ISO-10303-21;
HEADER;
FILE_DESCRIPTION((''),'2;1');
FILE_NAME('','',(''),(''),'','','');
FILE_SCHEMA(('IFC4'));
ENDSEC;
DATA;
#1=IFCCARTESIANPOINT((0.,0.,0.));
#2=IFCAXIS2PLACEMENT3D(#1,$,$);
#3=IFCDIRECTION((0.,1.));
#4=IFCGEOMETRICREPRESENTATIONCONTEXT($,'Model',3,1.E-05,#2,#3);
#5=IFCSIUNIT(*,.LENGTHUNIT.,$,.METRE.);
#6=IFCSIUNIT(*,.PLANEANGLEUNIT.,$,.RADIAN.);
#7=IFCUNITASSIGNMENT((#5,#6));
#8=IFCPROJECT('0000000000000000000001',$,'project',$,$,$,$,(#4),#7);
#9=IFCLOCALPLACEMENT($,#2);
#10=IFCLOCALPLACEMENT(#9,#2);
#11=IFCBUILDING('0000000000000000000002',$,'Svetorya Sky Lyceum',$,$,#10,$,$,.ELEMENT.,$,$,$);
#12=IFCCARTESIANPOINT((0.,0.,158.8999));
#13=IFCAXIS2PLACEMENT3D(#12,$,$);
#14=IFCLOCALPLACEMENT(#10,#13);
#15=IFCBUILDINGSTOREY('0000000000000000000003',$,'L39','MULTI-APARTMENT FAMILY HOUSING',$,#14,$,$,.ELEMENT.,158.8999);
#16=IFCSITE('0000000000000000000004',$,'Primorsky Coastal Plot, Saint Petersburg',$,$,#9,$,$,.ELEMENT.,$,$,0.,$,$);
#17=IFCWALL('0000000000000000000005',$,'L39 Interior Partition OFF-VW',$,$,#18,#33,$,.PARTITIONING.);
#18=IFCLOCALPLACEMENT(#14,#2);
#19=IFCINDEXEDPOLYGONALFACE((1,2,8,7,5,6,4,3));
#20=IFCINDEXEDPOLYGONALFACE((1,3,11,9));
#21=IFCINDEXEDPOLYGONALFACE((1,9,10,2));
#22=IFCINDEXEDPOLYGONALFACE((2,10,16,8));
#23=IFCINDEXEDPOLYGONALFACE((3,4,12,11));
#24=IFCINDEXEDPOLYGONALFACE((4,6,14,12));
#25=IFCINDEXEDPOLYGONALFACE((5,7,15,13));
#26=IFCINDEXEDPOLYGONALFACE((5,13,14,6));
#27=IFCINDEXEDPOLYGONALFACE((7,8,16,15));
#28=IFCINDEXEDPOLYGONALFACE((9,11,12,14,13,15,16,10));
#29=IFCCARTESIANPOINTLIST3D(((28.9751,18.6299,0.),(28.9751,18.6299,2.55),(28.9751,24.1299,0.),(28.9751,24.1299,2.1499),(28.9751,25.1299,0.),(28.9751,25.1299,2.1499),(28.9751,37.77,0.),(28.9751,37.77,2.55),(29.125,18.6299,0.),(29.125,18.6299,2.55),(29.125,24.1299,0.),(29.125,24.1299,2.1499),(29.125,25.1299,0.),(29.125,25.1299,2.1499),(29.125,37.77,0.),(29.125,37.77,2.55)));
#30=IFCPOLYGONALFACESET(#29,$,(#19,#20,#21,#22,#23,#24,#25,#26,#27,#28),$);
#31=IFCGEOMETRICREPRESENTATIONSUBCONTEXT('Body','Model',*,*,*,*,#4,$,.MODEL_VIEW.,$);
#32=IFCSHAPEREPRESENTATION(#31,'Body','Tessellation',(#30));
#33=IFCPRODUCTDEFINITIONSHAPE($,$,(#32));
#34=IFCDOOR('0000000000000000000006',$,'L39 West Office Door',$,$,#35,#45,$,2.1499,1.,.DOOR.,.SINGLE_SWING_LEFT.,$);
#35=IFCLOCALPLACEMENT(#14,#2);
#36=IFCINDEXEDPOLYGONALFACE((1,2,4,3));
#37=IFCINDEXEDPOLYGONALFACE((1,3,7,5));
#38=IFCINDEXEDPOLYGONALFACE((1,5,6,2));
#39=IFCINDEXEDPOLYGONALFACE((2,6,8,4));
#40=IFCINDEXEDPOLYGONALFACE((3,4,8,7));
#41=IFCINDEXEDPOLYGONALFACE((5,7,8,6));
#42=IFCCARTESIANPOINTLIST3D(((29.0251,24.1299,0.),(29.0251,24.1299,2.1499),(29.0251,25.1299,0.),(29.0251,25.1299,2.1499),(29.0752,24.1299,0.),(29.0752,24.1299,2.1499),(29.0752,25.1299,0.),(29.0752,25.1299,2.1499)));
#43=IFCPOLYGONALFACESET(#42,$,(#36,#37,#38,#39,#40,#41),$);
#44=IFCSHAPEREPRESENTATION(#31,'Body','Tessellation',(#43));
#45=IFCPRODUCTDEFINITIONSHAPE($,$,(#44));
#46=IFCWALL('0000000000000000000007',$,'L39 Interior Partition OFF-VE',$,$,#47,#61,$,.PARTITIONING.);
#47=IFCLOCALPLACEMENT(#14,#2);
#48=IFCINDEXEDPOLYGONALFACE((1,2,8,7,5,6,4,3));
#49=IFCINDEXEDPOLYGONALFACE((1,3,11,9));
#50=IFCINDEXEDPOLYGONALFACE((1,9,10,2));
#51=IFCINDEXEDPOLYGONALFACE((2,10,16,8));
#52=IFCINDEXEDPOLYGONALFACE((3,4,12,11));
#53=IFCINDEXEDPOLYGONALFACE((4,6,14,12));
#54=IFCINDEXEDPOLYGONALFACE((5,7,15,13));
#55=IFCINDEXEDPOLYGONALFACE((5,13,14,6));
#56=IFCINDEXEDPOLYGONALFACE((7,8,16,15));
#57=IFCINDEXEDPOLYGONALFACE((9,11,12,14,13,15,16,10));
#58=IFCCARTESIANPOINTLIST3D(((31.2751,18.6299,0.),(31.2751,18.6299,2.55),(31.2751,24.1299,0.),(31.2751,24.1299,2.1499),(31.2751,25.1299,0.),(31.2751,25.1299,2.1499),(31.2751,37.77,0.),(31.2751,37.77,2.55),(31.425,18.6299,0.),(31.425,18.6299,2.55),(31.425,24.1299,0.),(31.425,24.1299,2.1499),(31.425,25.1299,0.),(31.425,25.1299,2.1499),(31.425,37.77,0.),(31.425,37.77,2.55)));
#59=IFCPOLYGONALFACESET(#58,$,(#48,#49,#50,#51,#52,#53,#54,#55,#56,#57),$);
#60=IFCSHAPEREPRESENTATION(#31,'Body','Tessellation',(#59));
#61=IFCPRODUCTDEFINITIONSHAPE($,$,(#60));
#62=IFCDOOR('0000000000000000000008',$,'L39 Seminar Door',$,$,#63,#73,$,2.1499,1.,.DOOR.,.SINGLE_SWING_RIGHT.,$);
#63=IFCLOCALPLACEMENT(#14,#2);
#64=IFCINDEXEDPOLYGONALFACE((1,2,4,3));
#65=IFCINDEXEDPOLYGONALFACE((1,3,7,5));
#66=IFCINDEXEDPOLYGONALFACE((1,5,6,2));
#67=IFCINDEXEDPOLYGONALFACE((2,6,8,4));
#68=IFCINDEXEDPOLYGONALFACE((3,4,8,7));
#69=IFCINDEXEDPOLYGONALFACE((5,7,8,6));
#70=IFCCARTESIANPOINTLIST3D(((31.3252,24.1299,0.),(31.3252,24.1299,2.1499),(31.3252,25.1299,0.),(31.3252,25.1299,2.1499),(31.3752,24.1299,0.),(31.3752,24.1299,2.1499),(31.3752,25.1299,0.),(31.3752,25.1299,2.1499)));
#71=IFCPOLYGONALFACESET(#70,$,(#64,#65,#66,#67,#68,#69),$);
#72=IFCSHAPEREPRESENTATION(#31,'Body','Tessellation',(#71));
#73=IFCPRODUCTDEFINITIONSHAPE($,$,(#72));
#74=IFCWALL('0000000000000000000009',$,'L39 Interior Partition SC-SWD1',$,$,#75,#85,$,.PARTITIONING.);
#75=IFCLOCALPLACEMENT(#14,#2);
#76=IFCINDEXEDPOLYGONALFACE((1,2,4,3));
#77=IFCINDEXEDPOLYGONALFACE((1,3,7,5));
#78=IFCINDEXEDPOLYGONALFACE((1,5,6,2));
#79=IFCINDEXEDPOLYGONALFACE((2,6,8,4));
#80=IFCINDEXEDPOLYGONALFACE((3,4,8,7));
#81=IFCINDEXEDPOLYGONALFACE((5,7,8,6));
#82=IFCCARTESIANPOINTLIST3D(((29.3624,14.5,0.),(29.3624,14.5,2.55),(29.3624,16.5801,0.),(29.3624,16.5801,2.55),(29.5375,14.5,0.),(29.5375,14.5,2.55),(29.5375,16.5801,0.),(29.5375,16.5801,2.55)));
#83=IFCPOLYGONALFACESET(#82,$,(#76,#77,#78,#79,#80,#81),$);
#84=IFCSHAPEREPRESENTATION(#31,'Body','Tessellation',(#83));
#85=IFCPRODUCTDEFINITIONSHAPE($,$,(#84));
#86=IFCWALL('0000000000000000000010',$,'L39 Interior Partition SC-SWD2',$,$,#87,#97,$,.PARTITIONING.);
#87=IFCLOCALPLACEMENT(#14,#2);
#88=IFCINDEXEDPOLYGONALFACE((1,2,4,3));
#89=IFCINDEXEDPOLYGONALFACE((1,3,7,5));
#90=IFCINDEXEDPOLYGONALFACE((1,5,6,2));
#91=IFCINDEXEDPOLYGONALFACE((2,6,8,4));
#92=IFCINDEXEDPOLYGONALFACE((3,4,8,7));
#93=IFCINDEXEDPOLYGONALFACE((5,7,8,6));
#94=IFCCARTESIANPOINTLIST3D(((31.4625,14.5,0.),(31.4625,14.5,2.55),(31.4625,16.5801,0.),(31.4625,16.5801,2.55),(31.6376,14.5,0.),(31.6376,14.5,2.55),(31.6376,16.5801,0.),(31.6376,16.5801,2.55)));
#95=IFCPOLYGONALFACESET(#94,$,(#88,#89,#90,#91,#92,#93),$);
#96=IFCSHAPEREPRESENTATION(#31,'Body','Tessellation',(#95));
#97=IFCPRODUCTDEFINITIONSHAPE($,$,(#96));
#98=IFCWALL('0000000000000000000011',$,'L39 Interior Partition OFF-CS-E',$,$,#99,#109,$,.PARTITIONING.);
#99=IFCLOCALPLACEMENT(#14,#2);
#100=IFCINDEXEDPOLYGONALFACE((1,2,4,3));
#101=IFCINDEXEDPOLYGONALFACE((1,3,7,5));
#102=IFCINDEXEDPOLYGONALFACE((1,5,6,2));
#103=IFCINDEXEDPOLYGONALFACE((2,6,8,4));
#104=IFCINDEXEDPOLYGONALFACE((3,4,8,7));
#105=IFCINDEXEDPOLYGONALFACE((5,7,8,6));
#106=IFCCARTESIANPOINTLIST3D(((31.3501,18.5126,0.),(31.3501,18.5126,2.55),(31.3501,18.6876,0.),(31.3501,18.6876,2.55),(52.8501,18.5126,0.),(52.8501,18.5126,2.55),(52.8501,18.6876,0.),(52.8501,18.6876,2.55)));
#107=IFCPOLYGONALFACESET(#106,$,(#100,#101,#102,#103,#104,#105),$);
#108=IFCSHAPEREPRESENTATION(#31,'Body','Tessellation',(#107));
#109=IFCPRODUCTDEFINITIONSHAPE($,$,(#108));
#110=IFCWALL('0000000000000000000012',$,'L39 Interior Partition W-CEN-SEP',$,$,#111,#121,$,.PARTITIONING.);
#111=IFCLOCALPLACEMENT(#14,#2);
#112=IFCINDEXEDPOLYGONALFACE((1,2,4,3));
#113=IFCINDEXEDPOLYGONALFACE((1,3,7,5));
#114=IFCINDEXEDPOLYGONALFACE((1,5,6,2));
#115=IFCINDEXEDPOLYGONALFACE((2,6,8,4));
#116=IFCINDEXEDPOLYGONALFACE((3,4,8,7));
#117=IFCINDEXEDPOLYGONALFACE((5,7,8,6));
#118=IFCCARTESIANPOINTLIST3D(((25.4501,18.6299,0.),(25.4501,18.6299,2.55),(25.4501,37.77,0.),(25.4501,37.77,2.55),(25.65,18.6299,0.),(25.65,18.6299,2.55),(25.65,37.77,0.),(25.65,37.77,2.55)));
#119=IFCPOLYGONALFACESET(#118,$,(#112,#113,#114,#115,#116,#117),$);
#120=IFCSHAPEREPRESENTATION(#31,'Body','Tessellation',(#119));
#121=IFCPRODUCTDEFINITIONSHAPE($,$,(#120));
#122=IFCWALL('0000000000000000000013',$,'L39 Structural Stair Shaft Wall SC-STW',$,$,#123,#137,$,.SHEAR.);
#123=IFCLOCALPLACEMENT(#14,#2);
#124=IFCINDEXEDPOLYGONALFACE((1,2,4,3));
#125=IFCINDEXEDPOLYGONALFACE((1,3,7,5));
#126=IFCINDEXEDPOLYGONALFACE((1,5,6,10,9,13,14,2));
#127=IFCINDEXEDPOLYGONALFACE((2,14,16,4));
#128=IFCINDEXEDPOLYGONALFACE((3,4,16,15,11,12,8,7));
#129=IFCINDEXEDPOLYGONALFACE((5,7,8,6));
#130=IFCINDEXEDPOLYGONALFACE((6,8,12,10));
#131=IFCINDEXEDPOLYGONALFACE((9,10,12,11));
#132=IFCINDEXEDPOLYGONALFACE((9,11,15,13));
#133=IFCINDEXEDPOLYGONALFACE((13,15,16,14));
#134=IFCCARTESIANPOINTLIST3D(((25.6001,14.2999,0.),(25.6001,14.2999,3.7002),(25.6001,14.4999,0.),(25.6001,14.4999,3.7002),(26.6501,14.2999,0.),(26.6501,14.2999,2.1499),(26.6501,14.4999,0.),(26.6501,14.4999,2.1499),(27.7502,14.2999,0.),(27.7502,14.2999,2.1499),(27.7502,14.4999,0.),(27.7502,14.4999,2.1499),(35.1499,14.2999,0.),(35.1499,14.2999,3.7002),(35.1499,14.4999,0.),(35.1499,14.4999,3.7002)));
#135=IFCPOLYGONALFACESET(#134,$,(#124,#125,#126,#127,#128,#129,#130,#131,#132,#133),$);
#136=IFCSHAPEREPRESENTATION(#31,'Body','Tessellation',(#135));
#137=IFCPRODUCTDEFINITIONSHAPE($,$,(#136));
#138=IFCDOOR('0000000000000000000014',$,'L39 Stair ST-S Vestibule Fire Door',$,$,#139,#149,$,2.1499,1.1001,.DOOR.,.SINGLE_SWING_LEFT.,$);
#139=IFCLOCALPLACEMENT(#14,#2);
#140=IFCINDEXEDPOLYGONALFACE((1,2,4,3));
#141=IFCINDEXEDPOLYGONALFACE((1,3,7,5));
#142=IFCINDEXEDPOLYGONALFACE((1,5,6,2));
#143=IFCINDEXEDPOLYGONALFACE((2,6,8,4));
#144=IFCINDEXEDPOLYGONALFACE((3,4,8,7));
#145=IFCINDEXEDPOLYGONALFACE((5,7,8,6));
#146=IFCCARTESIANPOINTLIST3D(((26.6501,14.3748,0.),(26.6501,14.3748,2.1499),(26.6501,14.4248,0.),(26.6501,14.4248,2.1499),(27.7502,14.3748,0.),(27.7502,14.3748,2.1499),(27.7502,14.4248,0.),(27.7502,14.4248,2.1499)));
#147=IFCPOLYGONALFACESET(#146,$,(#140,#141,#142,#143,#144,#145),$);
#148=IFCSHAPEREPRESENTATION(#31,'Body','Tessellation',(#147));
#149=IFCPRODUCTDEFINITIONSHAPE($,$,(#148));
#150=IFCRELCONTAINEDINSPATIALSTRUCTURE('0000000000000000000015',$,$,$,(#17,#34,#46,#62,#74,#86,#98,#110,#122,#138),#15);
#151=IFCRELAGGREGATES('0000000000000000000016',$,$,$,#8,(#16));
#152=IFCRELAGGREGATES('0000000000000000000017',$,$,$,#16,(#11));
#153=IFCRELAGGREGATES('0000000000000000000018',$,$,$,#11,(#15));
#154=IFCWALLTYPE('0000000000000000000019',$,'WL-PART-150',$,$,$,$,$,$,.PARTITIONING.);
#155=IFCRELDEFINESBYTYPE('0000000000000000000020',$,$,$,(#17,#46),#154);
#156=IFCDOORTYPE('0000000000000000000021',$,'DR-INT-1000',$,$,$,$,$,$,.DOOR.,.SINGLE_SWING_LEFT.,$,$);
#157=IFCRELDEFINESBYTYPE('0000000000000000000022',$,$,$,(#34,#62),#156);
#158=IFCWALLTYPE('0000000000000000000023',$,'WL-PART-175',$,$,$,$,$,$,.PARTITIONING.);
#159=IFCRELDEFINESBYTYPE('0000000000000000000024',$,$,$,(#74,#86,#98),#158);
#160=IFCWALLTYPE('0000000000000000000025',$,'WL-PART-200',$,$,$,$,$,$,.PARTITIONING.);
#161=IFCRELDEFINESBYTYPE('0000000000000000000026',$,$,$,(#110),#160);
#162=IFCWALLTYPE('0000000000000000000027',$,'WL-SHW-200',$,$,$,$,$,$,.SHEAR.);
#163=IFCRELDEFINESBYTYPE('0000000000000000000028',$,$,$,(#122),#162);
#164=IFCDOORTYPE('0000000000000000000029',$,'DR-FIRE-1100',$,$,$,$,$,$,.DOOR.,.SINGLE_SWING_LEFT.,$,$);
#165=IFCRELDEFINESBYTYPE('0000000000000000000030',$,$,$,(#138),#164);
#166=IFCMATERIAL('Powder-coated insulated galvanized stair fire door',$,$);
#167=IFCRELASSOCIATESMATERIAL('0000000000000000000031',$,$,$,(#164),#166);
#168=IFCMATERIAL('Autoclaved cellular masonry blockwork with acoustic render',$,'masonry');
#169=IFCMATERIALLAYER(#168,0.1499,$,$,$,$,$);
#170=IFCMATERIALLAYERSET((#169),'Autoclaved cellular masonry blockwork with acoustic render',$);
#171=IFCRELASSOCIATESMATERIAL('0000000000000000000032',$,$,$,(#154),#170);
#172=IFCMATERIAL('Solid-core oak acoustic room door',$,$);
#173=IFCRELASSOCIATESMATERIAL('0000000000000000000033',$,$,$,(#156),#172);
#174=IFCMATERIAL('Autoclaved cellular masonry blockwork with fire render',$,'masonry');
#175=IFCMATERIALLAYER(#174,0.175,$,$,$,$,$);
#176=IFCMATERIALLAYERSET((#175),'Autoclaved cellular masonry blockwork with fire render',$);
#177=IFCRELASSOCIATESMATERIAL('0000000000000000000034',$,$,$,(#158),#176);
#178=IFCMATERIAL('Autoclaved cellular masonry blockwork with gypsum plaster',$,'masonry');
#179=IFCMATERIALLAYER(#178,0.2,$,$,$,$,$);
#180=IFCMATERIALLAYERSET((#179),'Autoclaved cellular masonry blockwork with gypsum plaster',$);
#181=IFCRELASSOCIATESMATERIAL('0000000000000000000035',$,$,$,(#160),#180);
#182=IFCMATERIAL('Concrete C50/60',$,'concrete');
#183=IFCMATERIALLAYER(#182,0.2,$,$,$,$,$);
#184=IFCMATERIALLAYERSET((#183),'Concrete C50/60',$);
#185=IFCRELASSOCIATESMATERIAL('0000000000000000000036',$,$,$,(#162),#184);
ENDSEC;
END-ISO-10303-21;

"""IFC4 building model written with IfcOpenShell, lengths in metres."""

from ifc_helpers import new_model, si_unit, direction, frame, frame_2d, origin, place, context, subcontext, project, spatial, rectangle, extrude, material, layer, layer_set, type_object, element, fill, save


model = new_model("IFC4")

# Units and contexts
model_context = context("Model", 3, precision=1e-05, world=origin(), true_north=direction((0.0, 1.0)))
body_context = subcontext(model_context, "Body", "Model", "MODEL_VIEW")
ifc_project = project(units=[si_unit("LENGTHUNIT", "METRE"), si_unit("PLANEANGLEUNIT", "RADIAN")], contexts=[model_context])

# Site, building, storey
site_placement = place(None, origin())
site = spatial("IfcSite", under=ifc_project, at=site_placement, Name="Primorsky Coastal Plot, Saint Petersburg", CompositionType="ELEMENT", RefElevation=0.0)
building_placement = place(site_placement, origin())
building = spatial("IfcBuilding", under=site, at=building_placement, Name="Svetorya Sky Lyceum", CompositionType="ELEMENT")
storey_placement = place(building_placement, frame((0.0, 0.0, 158.8999)))
storey = spatial("IfcBuildingStorey", under=building, at=storey_placement, Name="L39", Description="MULTI-APARTMENT FAMILY HOUSING", CompositionType="ELEMENT", Elevation=158.8999)

# Shared definitions
ifc_material_1 = material(Name="Concrete C50/60", Category="concrete")

# Shared definitions
ifc_material_2 = material(Name="Powder-coated insulated galvanized stair fire door")
door_type_1 = type_object("IfcDoorType", Name="DR-FIRE-1100", OperationType="SINGLE_SWING_LEFT", PredefinedType="DOOR", material=ifc_material_2)

# Walls, openings, doors
ifc_material_3 = material(Name="Autoclaved cellular masonry blockwork with acoustic render", Category="masonry")
ifc_layer_1 = layer(ifc_material_3, 0.1499)
ifc_layer_set_1 = layer_set([ifc_layer_1], Name="Autoclaved cellular masonry blockwork with acoustic render")
wall_type_1 = type_object("IfcWallType", Name="WL-PART-150", PredefinedType="PARTITIONING", material=ifc_layer_set_1)
wall_1_placement = place(storey_placement, frame((29.05, 18.6299, 0.0), z_axis=(0.0, 0.0, 1.0), x_axis=(0.0, 1.0, 0.0)))
wall_1 = element("IfcWall", 1, at=wall_1_placement, inside=storey, type_object=wall_type_1, Name="L39 Interior Partition OFF-VW", PredefinedType="PARTITIONING", context=body_context, shape_type="SweptSolid", body=[
    extrude(rectangle(XDim=19.1401, YDim=0.1499, at=frame_2d((9.5701, 0.0))), origin(), (0.0, 0.0, 1.0), 2.55),
])
opening_1_placement = place(wall_1_placement, frame((5.5, 0.0, 0.0)))
opening_1 = element("IfcOpeningElement", 2, at=opening_1_placement, cuts=wall_1, PredefinedType="OPENING", context=body_context, shape_type="SweptSolid", body=[
    extrude(rectangle(XDim=1.0, YDim=2.1499, at=frame_2d((0.5, 1.075))), frame((0.0, 0.085, 0.0), z_axis=(0.0, -1.0, 0.0), x_axis=(1.0, 0.0, 0.0)), (0.0, 0.0, 1.0), 0.1699),
])
ifc_material_4 = material(Name="Solid-core oak acoustic room door")
door_type_2 = type_object("IfcDoorType", Name="DR-INT-1000", OperationType="SINGLE_SWING_LEFT", PredefinedType="DOOR", material=ifc_material_4)
door_1_placement = place(opening_1_placement, origin())
door_1 = element("IfcDoor", 3, at=door_1_placement, inside=storey, type_object=door_type_2, Name="L39 West Office Door", OperationType="SINGLE_SWING_LEFT", OverallHeight=2.1499, OverallWidth=1.0, PredefinedType="DOOR", context=body_context, shape_type="SweptSolid", body=[
    extrude(rectangle(XDim=1.0, YDim=2.1499, at=frame_2d((0.5, 1.075))), frame((0.0, 0.0249, 0.0), z_axis=(0.0, -1.0, 0.0), x_axis=(1.0, 0.0, 0.0)), (0.0, 0.0, 1.0), 0.05),
])
fill(opening_1, door_1)
wall_2_placement = place(storey_placement, frame((31.3501, 18.6299, 0.0), z_axis=(0.0, 0.0, 1.0), x_axis=(0.0, 1.0, 0.0)))
wall_2 = element("IfcWall", 4, at=wall_2_placement, inside=storey, type_object=wall_type_1, Name="L39 Interior Partition OFF-VE", PredefinedType="PARTITIONING", context=body_context, shape_type="SweptSolid", body=[
    extrude(rectangle(XDim=19.1401, YDim=0.1499, at=frame_2d((9.5701, 0.0))), origin(), (0.0, 0.0, 1.0), 2.55),
])
opening_2_placement = place(wall_2_placement, frame((5.5, 0.0, 0.0)))
opening_2 = element("IfcOpeningElement", 5, at=opening_2_placement, cuts=wall_2, PredefinedType="OPENING", context=body_context, shape_type="SweptSolid", body=[
    extrude(rectangle(XDim=1.0, YDim=2.1499, at=frame_2d((0.5, 1.075))), frame((0.0, 0.085, 0.0), z_axis=(0.0, -1.0, 0.0), x_axis=(1.0, 0.0, 0.0)), (0.0, 0.0, 1.0), 0.1699),
])
door_2_placement = place(opening_2_placement, origin())
door_2 = element("IfcDoor", 6, at=door_2_placement, inside=storey, type_object=door_type_2, Name="L39 Seminar Door", OperationType="SINGLE_SWING_RIGHT", OverallHeight=2.1499, OverallWidth=1.0, PredefinedType="DOOR", context=body_context, shape_type="SweptSolid", body=[
    extrude(rectangle(XDim=1.0, YDim=2.1499, at=frame_2d((0.5, 1.075))), frame((0.0, 0.0249, 0.0), z_axis=(0.0, -1.0, 0.0), x_axis=(1.0, 0.0, 0.0)), (0.0, 0.0, 1.0), 0.05),
])
fill(opening_2, door_2)

# Walls
ifc_material_5 = material(Name="Autoclaved cellular masonry blockwork with fire render", Category="masonry")
ifc_layer_2 = layer(ifc_material_5, 0.175)
ifc_layer_set_2 = layer_set([ifc_layer_2], Name="Autoclaved cellular masonry blockwork with fire render")
wall_type_2 = type_object("IfcWallType", Name="WL-PART-175", PredefinedType="PARTITIONING", material=ifc_layer_set_2)
for number, where, z_axis, x_axis, name in (
    (7, (29.45, 14.5, 0.0), (0.0, 0.0, 1.0), (0.0, 1.0, 0.0), "L39 Interior Partition SC-SWD1"),
    (8, (31.55, 14.5, 0.0), (0.0, 0.0, 1.0), (0.0, 1.0, 0.0), "L39 Interior Partition SC-SWD2"),
):
    element("IfcWall", number, at=place(storey_placement, frame(where, z_axis=z_axis, x_axis=x_axis)), inside=storey, type_object=wall_type_2, Name=name, PredefinedType="PARTITIONING", context=body_context, shape_type="SweptSolid", body=[
        extrude(rectangle(XDim=2.0801, YDim=0.175, at=frame_2d((1.04, 0.0))), origin(), (0.0, 0.0, 1.0), 2.55),
    ])
wall_3_placement = place(storey_placement, frame((31.3501, 18.6001, 0.0), z_axis=(0.0, 0.0, 1.0), x_axis=(1.0, 0.0, 0.0)))
element("IfcWall", 9, at=wall_3_placement, inside=storey, type_object=wall_type_2, Name="L39 Interior Partition OFF-CS-E", PredefinedType="PARTITIONING", context=body_context, shape_type="SweptSolid", body=[
    extrude(rectangle(XDim=21.5, YDim=0.175, at=frame_2d((10.75, 0.0))), origin(), (0.0, 0.0, 1.0), 2.55),
])
ifc_material_6 = material(Name="Autoclaved cellular masonry blockwork with gypsum plaster", Category="masonry")
ifc_layer_3 = layer(ifc_material_6, 0.2)
ifc_layer_set_3 = layer_set([ifc_layer_3], Name="Autoclaved cellular masonry blockwork with gypsum plaster")
wall_type_3 = type_object("IfcWallType", Name="WL-PART-200", PredefinedType="PARTITIONING", material=ifc_layer_set_3)
wall_4_placement = place(storey_placement, frame((25.55, 18.6299, 0.0), z_axis=(0.0, 0.0, 1.0), x_axis=(0.0, 1.0, 0.0)))
element("IfcWall", 10, at=wall_4_placement, inside=storey, type_object=wall_type_3, Name="L39 Interior Partition W-CEN-SEP", PredefinedType="PARTITIONING", context=body_context, shape_type="SweptSolid", body=[
    extrude(rectangle(XDim=19.1401, YDim=0.2, at=frame_2d((9.5701, 0.0))), origin(), (0.0, 0.0, 1.0), 2.55),
])

# Wall, opening, door
ifc_layer_4 = layer(ifc_material_1, 0.2)
ifc_layer_set_4 = layer_set([ifc_layer_4], Name="Concrete C50/60")
wall_type_4 = type_object("IfcWallType", Name="WL-SHW-200", PredefinedType="SHEAR", material=ifc_layer_set_4)
wall_5_placement = place(storey_placement, frame((25.6001, 14.3999, 0.0), z_axis=(0.0, 0.0, 1.0), x_axis=(1.0, 0.0, 0.0)))
wall_5 = element("IfcWall", 11, at=wall_5_placement, inside=storey, type_object=wall_type_4, Name="L39 Structural Stair Shaft Wall SC-STW", PredefinedType="SHEAR", context=body_context, shape_type="SweptSolid", body=[
    extrude(rectangle(XDim=9.5498, YDim=0.2, at=frame_2d((4.7749, 0.0))), origin(), (0.0, 0.0, 1.0), 3.7002),
])
opening_3_placement = place(wall_5_placement, frame((1.05, 0.0, 0.0)))
opening_3 = element("IfcOpeningElement", 12, at=opening_3_placement, cuts=wall_5, PredefinedType="OPENING", context=body_context, shape_type="SweptSolid", body=[
    extrude(rectangle(XDim=1.1001, YDim=2.1499, at=frame_2d((0.55, 1.075))), frame((0.0, 0.1099, 0.0), z_axis=(0.0, -1.0, 0.0), x_axis=(1.0, 0.0, 0.0)), (0.0, 0.0, 1.0), 0.22),
])
door_3_placement = place(opening_3_placement, origin())
door_3 = element("IfcDoor", 13, at=door_3_placement, inside=storey, type_object=door_type_1, Name="L39 Stair ST-S Vestibule Fire Door", OperationType="SINGLE_SWING_LEFT", OverallHeight=2.1499, OverallWidth=1.1001, PredefinedType="DOOR", context=body_context, shape_type="SweptSolid", body=[
    extrude(rectangle(XDim=1.1001, YDim=2.1499, at=frame_2d((0.55, 1.075))), frame((0.0, 0.0249, 0.0), z_axis=(0.0, -1.0, 0.0), x_axis=(1.0, 0.0, 0.0)), (0.0, 0.0, 1.0), 0.05),
])
fill(opening_3, door_3)

save(model, "model.ifc")
